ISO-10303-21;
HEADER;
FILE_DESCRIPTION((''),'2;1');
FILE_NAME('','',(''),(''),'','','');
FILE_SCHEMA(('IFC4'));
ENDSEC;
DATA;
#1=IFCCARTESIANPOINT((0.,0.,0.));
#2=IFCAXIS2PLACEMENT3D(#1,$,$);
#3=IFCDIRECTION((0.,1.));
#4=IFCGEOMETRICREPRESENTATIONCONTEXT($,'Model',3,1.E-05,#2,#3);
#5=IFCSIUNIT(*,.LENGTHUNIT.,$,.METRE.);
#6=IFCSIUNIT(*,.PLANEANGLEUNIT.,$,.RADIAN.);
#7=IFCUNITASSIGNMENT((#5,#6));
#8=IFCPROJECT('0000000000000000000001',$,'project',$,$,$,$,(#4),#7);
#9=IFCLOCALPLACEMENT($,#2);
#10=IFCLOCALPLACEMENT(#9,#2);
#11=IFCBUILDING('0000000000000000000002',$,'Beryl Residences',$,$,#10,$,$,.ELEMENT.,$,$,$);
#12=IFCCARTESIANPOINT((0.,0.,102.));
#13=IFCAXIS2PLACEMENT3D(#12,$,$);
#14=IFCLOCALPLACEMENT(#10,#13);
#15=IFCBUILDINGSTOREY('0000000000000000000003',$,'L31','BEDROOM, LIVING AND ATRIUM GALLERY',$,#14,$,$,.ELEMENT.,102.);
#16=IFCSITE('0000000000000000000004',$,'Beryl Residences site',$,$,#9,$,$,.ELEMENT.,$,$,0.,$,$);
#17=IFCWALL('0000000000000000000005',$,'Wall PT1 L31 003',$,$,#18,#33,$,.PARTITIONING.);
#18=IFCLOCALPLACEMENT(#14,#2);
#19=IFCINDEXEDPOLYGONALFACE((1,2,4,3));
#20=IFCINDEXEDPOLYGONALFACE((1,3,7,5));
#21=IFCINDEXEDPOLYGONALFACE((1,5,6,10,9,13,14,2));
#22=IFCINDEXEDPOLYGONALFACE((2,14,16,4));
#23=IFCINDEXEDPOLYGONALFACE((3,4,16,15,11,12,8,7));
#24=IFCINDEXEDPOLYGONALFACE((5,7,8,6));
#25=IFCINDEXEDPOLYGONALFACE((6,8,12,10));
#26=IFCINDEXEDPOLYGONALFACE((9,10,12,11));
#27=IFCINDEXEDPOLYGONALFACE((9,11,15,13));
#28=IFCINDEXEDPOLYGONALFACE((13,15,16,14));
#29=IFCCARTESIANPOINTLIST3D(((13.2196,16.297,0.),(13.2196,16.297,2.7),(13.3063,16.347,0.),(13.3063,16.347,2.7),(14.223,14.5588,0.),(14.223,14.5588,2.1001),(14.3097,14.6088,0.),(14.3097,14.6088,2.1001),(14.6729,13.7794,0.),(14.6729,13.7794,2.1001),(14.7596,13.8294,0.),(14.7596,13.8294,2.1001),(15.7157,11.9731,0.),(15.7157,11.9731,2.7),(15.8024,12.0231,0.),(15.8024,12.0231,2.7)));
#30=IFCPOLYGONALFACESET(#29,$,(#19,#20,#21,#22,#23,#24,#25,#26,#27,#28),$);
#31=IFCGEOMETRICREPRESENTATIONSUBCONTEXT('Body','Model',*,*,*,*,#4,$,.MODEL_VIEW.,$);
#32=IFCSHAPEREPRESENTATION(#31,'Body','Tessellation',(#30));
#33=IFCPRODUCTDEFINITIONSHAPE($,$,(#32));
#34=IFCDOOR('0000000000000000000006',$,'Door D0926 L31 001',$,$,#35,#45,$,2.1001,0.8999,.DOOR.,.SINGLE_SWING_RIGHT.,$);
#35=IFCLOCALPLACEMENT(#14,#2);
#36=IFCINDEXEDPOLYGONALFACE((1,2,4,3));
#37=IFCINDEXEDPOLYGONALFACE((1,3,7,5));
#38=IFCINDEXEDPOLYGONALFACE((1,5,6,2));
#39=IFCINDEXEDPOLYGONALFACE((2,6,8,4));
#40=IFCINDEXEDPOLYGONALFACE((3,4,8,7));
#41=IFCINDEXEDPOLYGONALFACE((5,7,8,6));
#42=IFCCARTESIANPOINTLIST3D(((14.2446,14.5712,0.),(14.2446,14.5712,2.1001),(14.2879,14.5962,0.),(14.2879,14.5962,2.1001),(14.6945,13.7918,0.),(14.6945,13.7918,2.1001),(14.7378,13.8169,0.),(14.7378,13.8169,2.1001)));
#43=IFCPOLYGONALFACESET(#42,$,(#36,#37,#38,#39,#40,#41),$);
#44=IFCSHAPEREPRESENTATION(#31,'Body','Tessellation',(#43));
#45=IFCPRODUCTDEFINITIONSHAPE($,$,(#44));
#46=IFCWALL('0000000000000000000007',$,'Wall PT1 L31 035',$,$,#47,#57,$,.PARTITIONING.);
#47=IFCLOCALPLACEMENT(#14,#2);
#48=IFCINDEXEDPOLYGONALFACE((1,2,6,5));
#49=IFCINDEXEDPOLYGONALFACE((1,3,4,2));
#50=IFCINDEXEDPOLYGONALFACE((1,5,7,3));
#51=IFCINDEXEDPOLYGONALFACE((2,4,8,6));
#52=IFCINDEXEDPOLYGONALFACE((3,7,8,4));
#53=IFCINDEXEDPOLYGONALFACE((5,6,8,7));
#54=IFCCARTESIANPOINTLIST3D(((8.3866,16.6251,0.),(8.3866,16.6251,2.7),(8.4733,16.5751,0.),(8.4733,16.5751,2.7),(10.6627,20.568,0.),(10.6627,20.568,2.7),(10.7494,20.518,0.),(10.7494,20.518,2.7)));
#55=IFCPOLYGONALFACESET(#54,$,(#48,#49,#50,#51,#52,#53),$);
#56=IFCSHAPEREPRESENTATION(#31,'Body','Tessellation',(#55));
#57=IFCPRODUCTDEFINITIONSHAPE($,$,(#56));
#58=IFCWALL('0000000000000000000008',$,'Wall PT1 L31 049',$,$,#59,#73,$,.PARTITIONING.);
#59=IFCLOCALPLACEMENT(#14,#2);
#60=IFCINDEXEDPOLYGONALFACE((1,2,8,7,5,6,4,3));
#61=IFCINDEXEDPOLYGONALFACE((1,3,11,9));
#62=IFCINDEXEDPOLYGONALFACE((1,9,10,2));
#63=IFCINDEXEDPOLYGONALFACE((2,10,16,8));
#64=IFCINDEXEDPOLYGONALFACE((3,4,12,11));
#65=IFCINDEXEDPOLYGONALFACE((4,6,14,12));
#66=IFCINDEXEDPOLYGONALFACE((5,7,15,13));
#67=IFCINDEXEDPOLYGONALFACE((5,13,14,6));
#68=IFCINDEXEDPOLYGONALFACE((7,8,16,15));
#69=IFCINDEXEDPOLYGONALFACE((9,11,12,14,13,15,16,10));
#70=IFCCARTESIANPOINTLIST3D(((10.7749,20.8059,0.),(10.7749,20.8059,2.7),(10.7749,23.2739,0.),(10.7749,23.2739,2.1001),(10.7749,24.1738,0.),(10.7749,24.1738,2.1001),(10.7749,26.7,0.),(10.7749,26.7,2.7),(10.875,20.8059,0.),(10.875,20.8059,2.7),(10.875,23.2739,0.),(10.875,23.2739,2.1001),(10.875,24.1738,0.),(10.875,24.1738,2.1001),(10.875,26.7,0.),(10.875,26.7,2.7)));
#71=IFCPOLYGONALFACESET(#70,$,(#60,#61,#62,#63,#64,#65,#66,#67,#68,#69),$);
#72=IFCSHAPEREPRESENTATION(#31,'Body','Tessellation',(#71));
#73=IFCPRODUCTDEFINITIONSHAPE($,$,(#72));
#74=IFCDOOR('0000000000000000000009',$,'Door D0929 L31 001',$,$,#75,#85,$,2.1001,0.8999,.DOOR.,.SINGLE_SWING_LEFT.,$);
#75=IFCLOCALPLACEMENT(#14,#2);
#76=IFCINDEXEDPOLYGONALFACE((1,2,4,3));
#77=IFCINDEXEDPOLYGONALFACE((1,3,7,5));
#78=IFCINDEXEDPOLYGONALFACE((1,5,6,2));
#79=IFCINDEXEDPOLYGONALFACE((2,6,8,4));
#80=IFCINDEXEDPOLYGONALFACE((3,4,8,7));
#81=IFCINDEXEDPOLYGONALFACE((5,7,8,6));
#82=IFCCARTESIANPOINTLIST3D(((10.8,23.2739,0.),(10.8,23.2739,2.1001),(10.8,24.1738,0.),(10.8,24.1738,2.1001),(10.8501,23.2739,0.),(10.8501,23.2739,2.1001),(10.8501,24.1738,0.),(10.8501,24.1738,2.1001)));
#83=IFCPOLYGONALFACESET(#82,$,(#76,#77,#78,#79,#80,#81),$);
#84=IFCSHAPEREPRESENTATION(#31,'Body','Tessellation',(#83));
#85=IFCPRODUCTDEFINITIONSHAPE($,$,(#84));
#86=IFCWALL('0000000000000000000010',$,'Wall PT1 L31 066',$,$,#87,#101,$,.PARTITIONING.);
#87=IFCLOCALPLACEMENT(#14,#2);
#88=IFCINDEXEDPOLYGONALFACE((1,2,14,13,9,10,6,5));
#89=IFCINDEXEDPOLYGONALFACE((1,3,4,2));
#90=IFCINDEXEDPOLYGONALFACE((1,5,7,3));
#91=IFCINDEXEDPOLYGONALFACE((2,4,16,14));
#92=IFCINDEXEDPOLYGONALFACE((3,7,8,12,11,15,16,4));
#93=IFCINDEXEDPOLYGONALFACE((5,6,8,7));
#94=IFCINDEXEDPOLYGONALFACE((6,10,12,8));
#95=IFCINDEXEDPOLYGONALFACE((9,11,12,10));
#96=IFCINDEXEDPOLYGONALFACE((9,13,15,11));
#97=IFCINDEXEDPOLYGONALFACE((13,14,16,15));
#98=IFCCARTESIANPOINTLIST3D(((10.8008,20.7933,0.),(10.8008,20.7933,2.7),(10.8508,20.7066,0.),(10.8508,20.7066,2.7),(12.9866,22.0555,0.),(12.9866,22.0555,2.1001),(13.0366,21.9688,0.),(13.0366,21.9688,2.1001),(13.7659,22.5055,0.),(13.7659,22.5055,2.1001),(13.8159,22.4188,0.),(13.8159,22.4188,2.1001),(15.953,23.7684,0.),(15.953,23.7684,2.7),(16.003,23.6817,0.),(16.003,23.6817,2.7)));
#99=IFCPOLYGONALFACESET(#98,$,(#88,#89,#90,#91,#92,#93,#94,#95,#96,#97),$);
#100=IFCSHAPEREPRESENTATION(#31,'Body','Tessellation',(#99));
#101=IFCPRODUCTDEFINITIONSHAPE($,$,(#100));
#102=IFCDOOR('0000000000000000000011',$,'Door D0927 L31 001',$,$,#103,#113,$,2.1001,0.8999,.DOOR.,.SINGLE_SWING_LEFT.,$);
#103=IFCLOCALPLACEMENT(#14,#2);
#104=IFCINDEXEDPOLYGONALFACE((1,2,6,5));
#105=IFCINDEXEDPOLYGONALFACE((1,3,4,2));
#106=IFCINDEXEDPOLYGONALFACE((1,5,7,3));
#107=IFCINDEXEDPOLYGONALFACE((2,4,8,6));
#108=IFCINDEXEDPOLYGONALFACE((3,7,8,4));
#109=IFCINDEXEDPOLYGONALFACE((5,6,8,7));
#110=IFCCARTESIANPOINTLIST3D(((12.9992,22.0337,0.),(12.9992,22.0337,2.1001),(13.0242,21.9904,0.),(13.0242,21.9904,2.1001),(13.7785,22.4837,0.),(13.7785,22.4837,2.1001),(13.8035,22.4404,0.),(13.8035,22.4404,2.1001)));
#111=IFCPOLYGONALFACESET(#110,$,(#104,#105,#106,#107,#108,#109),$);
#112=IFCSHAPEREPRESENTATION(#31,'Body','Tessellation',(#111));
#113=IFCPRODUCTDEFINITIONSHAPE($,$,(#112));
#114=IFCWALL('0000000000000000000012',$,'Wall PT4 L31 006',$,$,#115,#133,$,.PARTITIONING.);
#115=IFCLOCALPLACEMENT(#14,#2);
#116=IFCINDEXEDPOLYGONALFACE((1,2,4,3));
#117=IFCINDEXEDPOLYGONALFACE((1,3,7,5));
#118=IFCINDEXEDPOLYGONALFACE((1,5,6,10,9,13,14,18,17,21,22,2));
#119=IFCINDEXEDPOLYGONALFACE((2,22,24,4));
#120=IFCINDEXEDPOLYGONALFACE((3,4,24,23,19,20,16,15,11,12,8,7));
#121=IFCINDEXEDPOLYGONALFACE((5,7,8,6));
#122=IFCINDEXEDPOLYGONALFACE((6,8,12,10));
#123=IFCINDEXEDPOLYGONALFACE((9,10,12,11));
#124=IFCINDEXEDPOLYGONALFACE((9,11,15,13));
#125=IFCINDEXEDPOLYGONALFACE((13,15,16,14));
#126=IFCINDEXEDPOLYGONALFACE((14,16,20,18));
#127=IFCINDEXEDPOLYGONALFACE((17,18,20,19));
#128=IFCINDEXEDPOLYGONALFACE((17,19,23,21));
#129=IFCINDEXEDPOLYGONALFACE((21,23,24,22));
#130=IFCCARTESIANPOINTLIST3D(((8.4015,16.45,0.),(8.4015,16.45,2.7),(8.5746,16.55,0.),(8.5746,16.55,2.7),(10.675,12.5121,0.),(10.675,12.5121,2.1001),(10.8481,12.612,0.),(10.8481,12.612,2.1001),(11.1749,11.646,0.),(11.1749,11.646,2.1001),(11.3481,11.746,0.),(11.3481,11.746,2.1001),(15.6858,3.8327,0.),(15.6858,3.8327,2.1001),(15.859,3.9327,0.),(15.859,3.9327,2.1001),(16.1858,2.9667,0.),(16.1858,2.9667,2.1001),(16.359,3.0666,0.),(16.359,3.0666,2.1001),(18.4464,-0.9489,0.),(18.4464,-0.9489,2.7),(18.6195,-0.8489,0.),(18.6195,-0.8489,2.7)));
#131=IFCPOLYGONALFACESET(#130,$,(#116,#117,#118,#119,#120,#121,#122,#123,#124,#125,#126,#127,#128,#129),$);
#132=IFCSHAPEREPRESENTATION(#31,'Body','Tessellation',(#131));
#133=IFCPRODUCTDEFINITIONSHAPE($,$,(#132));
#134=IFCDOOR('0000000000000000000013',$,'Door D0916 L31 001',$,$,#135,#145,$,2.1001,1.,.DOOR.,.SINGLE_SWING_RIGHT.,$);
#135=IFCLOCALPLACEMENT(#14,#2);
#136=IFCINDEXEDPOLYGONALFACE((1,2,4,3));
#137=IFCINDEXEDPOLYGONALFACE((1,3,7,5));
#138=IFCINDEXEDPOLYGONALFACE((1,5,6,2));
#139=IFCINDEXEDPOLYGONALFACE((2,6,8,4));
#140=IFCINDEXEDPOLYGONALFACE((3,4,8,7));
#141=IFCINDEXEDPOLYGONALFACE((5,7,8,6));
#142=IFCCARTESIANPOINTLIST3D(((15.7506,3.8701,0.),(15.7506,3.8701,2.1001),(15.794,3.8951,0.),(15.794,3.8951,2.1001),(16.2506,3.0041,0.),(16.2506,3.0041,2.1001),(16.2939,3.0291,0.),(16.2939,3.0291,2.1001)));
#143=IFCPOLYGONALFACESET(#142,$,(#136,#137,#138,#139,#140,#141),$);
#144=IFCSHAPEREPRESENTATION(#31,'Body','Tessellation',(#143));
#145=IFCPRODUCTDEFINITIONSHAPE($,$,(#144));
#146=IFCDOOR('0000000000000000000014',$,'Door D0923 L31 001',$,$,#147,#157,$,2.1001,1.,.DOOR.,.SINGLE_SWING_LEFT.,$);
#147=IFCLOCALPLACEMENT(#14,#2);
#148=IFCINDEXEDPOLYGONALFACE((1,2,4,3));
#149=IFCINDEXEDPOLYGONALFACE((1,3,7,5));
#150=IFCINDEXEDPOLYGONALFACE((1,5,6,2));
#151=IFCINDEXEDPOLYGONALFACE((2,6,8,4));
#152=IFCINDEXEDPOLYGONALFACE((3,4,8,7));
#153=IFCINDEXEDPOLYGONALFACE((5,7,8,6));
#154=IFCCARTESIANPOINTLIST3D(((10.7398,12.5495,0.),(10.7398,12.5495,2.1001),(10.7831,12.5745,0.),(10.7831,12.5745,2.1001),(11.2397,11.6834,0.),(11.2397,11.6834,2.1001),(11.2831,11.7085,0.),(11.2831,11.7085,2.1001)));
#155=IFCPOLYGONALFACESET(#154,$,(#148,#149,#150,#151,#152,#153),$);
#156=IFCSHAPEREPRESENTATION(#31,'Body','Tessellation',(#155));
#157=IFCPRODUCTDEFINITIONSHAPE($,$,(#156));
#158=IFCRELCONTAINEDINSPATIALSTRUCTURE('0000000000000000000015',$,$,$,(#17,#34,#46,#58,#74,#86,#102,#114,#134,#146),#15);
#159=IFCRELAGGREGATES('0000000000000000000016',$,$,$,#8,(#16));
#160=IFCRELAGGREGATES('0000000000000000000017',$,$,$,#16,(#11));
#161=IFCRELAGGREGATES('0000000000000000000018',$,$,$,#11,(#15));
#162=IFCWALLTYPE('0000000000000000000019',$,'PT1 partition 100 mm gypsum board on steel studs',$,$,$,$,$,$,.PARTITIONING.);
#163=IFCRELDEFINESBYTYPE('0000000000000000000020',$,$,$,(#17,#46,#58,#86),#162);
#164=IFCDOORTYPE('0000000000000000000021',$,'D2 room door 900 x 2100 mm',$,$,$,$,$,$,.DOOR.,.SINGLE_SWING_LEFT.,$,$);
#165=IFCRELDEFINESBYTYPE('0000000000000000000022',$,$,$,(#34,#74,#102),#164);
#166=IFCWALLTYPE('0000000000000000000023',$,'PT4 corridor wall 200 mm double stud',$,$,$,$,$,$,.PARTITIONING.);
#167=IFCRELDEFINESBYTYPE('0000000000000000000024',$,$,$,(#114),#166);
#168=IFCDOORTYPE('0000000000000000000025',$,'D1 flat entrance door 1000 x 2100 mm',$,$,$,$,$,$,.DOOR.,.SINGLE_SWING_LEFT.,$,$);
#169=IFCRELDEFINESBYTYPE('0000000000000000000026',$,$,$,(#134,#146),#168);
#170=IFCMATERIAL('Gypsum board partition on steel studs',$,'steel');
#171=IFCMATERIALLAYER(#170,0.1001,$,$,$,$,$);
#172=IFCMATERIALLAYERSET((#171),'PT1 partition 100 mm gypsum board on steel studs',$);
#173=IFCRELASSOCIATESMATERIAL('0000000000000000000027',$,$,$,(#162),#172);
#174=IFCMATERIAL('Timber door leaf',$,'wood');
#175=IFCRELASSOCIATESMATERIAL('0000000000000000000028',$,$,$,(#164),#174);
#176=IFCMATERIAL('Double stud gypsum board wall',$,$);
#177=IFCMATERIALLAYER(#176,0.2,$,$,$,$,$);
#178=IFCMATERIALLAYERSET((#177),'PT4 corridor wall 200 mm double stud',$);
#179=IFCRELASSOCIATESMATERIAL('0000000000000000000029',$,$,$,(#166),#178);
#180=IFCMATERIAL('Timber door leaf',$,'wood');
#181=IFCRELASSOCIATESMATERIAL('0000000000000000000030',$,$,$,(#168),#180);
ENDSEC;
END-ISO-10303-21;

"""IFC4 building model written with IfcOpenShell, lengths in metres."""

from ifc_helpers import new_model, si_unit, direction, frame, frame_2d, origin, place, context, subcontext, project, spatial, rectangle, extrude, material, layer, layer_set, type_object, element, fill, save


model = new_model("IFC4")

# Units and contexts
model_context = context("Model", 3, precision=1e-05, world=origin(), true_north=direction((0.0, 1.0)))
body_context = subcontext(model_context, "Body", "Model", "MODEL_VIEW")
ifc_project = project(units=[si_unit("LENGTHUNIT", "METRE"), si_unit("PLANEANGLEUNIT", "RADIAN")], contexts=[model_context])

# Site, building, storey
site_placement = place(None, origin())
site = spatial("IfcSite", under=ifc_project, at=site_placement, Name="Beryl Residences site", CompositionType="ELEMENT", RefElevation=0.0)
building_placement = place(site_placement, origin())
building = spatial("IfcBuilding", under=site, at=building_placement, Name="Beryl Residences", CompositionType="ELEMENT")
storey_placement = place(building_placement, frame((0.0, 0.0, 102.0)))
storey = spatial("IfcBuildingStorey", under=building, at=storey_placement, Name="L31", Description="BEDROOM, LIVING AND ATRIUM GALLERY", CompositionType="ELEMENT", Elevation=102.0)

# Wall, opening, door
ifc_material_1 = material(Name="Gypsum board partition on steel studs", Category="steel")
ifc_layer_1 = layer(ifc_material_1, 0.1001)
ifc_layer_set_1 = layer_set([ifc_layer_1], Name="PT1 partition 100 mm gypsum board on steel studs")
wall_type_1 = type_object("IfcWallType", Name="PT1 partition 100 mm gypsum board on steel studs", PredefinedType="PARTITIONING", material=ifc_layer_set_1)
wall_1_placement = place(storey_placement, frame((13.2629, 16.322, 0.0), z_axis=(0.0, 0.0, 1.0), x_axis=(0.499947, -0.866056, 0.0)))
wall_1 = element("IfcWall", 1, at=wall_1_placement, inside=storey, type_object=wall_type_1, Name="Wall PT1 L31 003", PredefinedType="PARTITIONING", context=body_context, shape_type="SweptSolid", body=[
    extrude(rectangle(XDim=4.9927, YDim=0.1001, at=frame_2d((2.4963, 0.0))), origin(), (0.0, 0.0, 1.0), 2.7),
])
opening_1_placement = place(wall_1_placement, frame((2.0071, 0.0, 0.0)))
opening_1 = element("IfcOpeningElement", 2, at=opening_1_placement, cuts=wall_1, PredefinedType="OPENING", context=body_context, shape_type="SweptSolid", body=[
    extrude(rectangle(XDim=0.8999, YDim=2.1001, at=frame_2d((0.45, 1.05))), frame((0.0, 0.0601, 0.0), z_axis=(0.0, -1.0, 0.0), x_axis=(1.0, 0.0, 0.0)), (0.0, 0.0, 1.0), 0.1201),
])
ifc_material_2 = material(Name="Timber door leaf", Category="wood")
door_type_1 = type_object("IfcDoorType", Name="D2 room door 900 x 2100 mm", OperationType="SINGLE_SWING_LEFT", PredefinedType="DOOR", material=ifc_material_2)
door_1_placement = place(opening_1_placement, origin())
door_1 = element("IfcDoor", 3, at=door_1_placement, inside=storey, type_object=door_type_1, Name="Door D0926 L31 001", OperationType="SINGLE_SWING_RIGHT", OverallHeight=2.1001, OverallWidth=0.8999, PredefinedType="DOOR", context=body_context, shape_type="SweptSolid", body=[
    extrude(rectangle(XDim=0.8999, YDim=2.1001, at=frame_2d((0.45, 1.05))), frame((0.0, 0.0249, 0.0), z_axis=(0.0, -1.0, 0.0), x_axis=(1.0, 0.0, 0.0)), (0.0, 0.0, 1.0), 0.05),
])
fill(opening_1, door_1)

# Wall
wall_2_placement = place(storey_placement, frame((8.4299, 16.6001, 0.0), z_axis=(0.0, 0.0, 1.0), x_axis=(0.499951, 0.866053, 0.0)))
element("IfcWall", 4, at=wall_2_placement, inside=storey, type_object=wall_type_1, Name="Wall PT1 L31 035", PredefinedType="PARTITIONING", context=body_context, shape_type="SweptSolid", body=[
    extrude(rectangle(XDim=4.5527, YDim=0.1001, at=frame_2d((2.2764, 0.0))), origin(), (0.0, 0.0, 1.0), 2.7),
])

# Walls, openings, doors
wall_3_placement = place(storey_placement, frame((10.825, 20.8059, 0.0), z_axis=(0.0, 0.0, 1.0), x_axis=(0.0, 1.0, 0.0)))
wall_3 = element("IfcWall", 5, at=wall_3_placement, inside=storey, type_object=wall_type_1, Name="Wall PT1 L31 049", PredefinedType="PARTITIONING", context=body_context, shape_type="SweptSolid", body=[
    extrude(rectangle(XDim=5.894, YDim=0.1001, at=frame_2d((2.947, 0.0))), origin(), (0.0, 0.0, 1.0), 2.7),
])
opening_2_placement = place(wall_3_placement, frame((2.468, 0.0, 0.0)))
opening_2 = element("IfcOpeningElement", 6, at=opening_2_placement, cuts=wall_3, PredefinedType="OPENING", context=body_context, shape_type="SweptSolid", body=[
    extrude(rectangle(XDim=0.8999, YDim=2.1001, at=frame_2d((0.45, 1.05))), frame((0.0, 0.0601, 0.0), z_axis=(0.0, -1.0, 0.0), x_axis=(1.0, 0.0, 0.0)), (0.0, 0.0, 1.0), 0.1201),
])
door_2_placement = place(opening_2_placement, origin())
door_2 = element("IfcDoor", 7, at=door_2_placement, inside=storey, type_object=door_type_1, Name="Door D0929 L31 001", OperationType="SINGLE_SWING_LEFT", OverallHeight=2.1001, OverallWidth=0.8999, PredefinedType="DOOR", context=body_context, shape_type="SweptSolid", body=[
    extrude(rectangle(XDim=0.8999, YDim=2.1001, at=frame_2d((0.45, 1.05))), frame((0.0, 0.0249, 0.0), z_axis=(0.0, -1.0, 0.0), x_axis=(1.0, 0.0, 0.0)), (0.0, 0.0, 1.0), 0.05),
])
fill(opening_2, door_2)
wall_4_placement = place(storey_placement, frame((10.8259, 20.75, 0.0), z_axis=(0.0, 0.0, 1.0), x_axis=(0.865987, 0.500067, 0.0)))
wall_4 = element("IfcWall", 8, at=wall_4_placement, inside=storey, type_object=wall_type_1, Name="Wall PT1 L31 066", PredefinedType="PARTITIONING", context=body_context, shape_type="SweptSolid", body=[
    extrude(rectangle(XDim=5.9495, YDim=0.1001, at=frame_2d((2.9746, 0.0))), origin(), (0.0, 0.0, 1.0), 2.7),
])
opening_3_placement = place(wall_4_placement, frame((2.5239, 0.0, 0.0)))
opening_3 = element("IfcOpeningElement", 9, at=opening_3_placement, cuts=wall_4, PredefinedType="OPENING", context=body_context, shape_type="SweptSolid", body=[
    extrude(rectangle(XDim=0.8999, YDim=2.1001, at=frame_2d((0.45, 1.05))), frame((0.0, 0.0601, 0.0), z_axis=(0.0, -1.0, 0.0), x_axis=(1.0, 0.0, 0.0)), (0.0, 0.0, 1.0), 0.1201),
])
door_3_placement = place(opening_3_placement, origin())
door_3 = element("IfcDoor", 10, at=door_3_placement, inside=storey, type_object=door_type_1, Name="Door D0927 L31 001", OperationType="SINGLE_SWING_LEFT", OverallHeight=2.1001, OverallWidth=0.8999, PredefinedType="DOOR", context=body_context, shape_type="SweptSolid", body=[
    extrude(rectangle(XDim=0.8999, YDim=2.1001, at=frame_2d((0.45, 1.05))), frame((0.0, 0.0249, 0.0), z_axis=(0.0, -1.0, 0.0), x_axis=(1.0, 0.0, 0.0)), (0.0, 0.0, 1.0), 0.05),
])
fill(opening_3, door_3)

# Wall, openings, doors
ifc_material_3 = material(Name="Double stud gypsum board wall")
ifc_layer_2 = layer(ifc_material_3, 0.2)
ifc_layer_set_2 = layer_set([ifc_layer_2], Name="PT4 corridor wall 200 mm double stud")
wall_type_2 = type_object("IfcWallType", Name="PT4 corridor wall 200 mm double stud", PredefinedType="PARTITIONING", material=ifc_layer_set_2)
wall_5_placement = place(storey_placement, frame((8.488, 16.5, 0.0), z_axis=(0.0, 0.0, 1.0), x_axis=(0.499987, -0.866033, 0.0)))
wall_5 = element("IfcWall", 11, at=wall_5_placement, inside=storey, type_object=wall_type_2, Name="Wall PT4 L31 006", PredefinedType="PARTITIONING", context=body_context, shape_type="SweptSolid", body=[
    extrude(rectangle(XDim=20.0903, YDim=0.2, at=frame_2d((10.0452, 0.0))), origin(), (0.0, 0.0, 1.0), 2.7),
])
opening_4_placement = place(wall_5_placement, frame((14.5691, 0.0, 0.0)))
opening_4 = element("IfcOpeningElement", 12, at=opening_4_placement, cuts=wall_5, PredefinedType="OPENING", context=body_context, shape_type="SweptSolid", body=[
    extrude(rectangle(XDim=1.0, YDim=2.1001, at=frame_2d((0.5, 1.05))), frame((0.0, 0.1099, 0.0), z_axis=(0.0, -1.0, 0.0), x_axis=(1.0, 0.0, 0.0)), (0.0, 0.0, 1.0), 0.22),
])
opening_5_placement = place(wall_5_placement, frame((4.5471, 0.0, 0.0)))
opening_5 = element("IfcOpeningElement", 13, at=opening_5_placement, cuts=wall_5, PredefinedType="OPENING", context=body_context, shape_type="SweptSolid", body=[
    extrude(rectangle(XDim=1.0, YDim=2.1001, at=frame_2d((0.5, 1.05))), frame((0.0, 0.1099, 0.0), z_axis=(0.0, -1.0, 0.0), x_axis=(1.0, 0.0, 0.0)), (0.0, 0.0, 1.0), 0.22),
])
ifc_material_4 = material(Name="Timber door leaf", Category="wood")
door_type_2 = type_object("IfcDoorType", Name="D1 flat entrance door 1000 x 2100 mm", OperationType="SINGLE_SWING_LEFT", PredefinedType="DOOR", material=ifc_material_4)
door_4_placement = place(opening_4_placement, origin())
door_4 = element("IfcDoor", 14, at=door_4_placement, inside=storey, type_object=door_type_2, Name="Door D0916 L31 001", OperationType="SINGLE_SWING_RIGHT", OverallHeight=2.1001, OverallWidth=1.0, PredefinedType="DOOR", context=body_context, shape_type="SweptSolid", body=[
    extrude(rectangle(XDim=1.0, YDim=2.1001, at=frame_2d((0.5, 1.05))), frame((0.0, 0.0249, 0.0), z_axis=(0.0, -1.0, 0.0), x_axis=(1.0, 0.0, 0.0)), (0.0, 0.0, 1.0), 0.05),
])
fill(opening_4, door_4)
door_5_placement = place(opening_5_placement, origin())
door_5 = element("IfcDoor", 15, at=door_5_placement, inside=storey, type_object=door_type_2, Name="Door D0923 L31 001", OperationType="SINGLE_SWING_LEFT", OverallHeight=2.1001, OverallWidth=1.0, PredefinedType="DOOR", context=body_context, shape_type="SweptSolid", body=[
    extrude(rectangle(XDim=1.0, YDim=2.1001, at=frame_2d((0.5, 1.05))), frame((0.0, 0.0249, 0.0), z_axis=(0.0, -1.0, 0.0), x_axis=(1.0, 0.0, 0.0)), (0.0, 0.0, 1.0), 0.05),
])
fill(opening_5, door_5)

save(model, "model.ifc")
